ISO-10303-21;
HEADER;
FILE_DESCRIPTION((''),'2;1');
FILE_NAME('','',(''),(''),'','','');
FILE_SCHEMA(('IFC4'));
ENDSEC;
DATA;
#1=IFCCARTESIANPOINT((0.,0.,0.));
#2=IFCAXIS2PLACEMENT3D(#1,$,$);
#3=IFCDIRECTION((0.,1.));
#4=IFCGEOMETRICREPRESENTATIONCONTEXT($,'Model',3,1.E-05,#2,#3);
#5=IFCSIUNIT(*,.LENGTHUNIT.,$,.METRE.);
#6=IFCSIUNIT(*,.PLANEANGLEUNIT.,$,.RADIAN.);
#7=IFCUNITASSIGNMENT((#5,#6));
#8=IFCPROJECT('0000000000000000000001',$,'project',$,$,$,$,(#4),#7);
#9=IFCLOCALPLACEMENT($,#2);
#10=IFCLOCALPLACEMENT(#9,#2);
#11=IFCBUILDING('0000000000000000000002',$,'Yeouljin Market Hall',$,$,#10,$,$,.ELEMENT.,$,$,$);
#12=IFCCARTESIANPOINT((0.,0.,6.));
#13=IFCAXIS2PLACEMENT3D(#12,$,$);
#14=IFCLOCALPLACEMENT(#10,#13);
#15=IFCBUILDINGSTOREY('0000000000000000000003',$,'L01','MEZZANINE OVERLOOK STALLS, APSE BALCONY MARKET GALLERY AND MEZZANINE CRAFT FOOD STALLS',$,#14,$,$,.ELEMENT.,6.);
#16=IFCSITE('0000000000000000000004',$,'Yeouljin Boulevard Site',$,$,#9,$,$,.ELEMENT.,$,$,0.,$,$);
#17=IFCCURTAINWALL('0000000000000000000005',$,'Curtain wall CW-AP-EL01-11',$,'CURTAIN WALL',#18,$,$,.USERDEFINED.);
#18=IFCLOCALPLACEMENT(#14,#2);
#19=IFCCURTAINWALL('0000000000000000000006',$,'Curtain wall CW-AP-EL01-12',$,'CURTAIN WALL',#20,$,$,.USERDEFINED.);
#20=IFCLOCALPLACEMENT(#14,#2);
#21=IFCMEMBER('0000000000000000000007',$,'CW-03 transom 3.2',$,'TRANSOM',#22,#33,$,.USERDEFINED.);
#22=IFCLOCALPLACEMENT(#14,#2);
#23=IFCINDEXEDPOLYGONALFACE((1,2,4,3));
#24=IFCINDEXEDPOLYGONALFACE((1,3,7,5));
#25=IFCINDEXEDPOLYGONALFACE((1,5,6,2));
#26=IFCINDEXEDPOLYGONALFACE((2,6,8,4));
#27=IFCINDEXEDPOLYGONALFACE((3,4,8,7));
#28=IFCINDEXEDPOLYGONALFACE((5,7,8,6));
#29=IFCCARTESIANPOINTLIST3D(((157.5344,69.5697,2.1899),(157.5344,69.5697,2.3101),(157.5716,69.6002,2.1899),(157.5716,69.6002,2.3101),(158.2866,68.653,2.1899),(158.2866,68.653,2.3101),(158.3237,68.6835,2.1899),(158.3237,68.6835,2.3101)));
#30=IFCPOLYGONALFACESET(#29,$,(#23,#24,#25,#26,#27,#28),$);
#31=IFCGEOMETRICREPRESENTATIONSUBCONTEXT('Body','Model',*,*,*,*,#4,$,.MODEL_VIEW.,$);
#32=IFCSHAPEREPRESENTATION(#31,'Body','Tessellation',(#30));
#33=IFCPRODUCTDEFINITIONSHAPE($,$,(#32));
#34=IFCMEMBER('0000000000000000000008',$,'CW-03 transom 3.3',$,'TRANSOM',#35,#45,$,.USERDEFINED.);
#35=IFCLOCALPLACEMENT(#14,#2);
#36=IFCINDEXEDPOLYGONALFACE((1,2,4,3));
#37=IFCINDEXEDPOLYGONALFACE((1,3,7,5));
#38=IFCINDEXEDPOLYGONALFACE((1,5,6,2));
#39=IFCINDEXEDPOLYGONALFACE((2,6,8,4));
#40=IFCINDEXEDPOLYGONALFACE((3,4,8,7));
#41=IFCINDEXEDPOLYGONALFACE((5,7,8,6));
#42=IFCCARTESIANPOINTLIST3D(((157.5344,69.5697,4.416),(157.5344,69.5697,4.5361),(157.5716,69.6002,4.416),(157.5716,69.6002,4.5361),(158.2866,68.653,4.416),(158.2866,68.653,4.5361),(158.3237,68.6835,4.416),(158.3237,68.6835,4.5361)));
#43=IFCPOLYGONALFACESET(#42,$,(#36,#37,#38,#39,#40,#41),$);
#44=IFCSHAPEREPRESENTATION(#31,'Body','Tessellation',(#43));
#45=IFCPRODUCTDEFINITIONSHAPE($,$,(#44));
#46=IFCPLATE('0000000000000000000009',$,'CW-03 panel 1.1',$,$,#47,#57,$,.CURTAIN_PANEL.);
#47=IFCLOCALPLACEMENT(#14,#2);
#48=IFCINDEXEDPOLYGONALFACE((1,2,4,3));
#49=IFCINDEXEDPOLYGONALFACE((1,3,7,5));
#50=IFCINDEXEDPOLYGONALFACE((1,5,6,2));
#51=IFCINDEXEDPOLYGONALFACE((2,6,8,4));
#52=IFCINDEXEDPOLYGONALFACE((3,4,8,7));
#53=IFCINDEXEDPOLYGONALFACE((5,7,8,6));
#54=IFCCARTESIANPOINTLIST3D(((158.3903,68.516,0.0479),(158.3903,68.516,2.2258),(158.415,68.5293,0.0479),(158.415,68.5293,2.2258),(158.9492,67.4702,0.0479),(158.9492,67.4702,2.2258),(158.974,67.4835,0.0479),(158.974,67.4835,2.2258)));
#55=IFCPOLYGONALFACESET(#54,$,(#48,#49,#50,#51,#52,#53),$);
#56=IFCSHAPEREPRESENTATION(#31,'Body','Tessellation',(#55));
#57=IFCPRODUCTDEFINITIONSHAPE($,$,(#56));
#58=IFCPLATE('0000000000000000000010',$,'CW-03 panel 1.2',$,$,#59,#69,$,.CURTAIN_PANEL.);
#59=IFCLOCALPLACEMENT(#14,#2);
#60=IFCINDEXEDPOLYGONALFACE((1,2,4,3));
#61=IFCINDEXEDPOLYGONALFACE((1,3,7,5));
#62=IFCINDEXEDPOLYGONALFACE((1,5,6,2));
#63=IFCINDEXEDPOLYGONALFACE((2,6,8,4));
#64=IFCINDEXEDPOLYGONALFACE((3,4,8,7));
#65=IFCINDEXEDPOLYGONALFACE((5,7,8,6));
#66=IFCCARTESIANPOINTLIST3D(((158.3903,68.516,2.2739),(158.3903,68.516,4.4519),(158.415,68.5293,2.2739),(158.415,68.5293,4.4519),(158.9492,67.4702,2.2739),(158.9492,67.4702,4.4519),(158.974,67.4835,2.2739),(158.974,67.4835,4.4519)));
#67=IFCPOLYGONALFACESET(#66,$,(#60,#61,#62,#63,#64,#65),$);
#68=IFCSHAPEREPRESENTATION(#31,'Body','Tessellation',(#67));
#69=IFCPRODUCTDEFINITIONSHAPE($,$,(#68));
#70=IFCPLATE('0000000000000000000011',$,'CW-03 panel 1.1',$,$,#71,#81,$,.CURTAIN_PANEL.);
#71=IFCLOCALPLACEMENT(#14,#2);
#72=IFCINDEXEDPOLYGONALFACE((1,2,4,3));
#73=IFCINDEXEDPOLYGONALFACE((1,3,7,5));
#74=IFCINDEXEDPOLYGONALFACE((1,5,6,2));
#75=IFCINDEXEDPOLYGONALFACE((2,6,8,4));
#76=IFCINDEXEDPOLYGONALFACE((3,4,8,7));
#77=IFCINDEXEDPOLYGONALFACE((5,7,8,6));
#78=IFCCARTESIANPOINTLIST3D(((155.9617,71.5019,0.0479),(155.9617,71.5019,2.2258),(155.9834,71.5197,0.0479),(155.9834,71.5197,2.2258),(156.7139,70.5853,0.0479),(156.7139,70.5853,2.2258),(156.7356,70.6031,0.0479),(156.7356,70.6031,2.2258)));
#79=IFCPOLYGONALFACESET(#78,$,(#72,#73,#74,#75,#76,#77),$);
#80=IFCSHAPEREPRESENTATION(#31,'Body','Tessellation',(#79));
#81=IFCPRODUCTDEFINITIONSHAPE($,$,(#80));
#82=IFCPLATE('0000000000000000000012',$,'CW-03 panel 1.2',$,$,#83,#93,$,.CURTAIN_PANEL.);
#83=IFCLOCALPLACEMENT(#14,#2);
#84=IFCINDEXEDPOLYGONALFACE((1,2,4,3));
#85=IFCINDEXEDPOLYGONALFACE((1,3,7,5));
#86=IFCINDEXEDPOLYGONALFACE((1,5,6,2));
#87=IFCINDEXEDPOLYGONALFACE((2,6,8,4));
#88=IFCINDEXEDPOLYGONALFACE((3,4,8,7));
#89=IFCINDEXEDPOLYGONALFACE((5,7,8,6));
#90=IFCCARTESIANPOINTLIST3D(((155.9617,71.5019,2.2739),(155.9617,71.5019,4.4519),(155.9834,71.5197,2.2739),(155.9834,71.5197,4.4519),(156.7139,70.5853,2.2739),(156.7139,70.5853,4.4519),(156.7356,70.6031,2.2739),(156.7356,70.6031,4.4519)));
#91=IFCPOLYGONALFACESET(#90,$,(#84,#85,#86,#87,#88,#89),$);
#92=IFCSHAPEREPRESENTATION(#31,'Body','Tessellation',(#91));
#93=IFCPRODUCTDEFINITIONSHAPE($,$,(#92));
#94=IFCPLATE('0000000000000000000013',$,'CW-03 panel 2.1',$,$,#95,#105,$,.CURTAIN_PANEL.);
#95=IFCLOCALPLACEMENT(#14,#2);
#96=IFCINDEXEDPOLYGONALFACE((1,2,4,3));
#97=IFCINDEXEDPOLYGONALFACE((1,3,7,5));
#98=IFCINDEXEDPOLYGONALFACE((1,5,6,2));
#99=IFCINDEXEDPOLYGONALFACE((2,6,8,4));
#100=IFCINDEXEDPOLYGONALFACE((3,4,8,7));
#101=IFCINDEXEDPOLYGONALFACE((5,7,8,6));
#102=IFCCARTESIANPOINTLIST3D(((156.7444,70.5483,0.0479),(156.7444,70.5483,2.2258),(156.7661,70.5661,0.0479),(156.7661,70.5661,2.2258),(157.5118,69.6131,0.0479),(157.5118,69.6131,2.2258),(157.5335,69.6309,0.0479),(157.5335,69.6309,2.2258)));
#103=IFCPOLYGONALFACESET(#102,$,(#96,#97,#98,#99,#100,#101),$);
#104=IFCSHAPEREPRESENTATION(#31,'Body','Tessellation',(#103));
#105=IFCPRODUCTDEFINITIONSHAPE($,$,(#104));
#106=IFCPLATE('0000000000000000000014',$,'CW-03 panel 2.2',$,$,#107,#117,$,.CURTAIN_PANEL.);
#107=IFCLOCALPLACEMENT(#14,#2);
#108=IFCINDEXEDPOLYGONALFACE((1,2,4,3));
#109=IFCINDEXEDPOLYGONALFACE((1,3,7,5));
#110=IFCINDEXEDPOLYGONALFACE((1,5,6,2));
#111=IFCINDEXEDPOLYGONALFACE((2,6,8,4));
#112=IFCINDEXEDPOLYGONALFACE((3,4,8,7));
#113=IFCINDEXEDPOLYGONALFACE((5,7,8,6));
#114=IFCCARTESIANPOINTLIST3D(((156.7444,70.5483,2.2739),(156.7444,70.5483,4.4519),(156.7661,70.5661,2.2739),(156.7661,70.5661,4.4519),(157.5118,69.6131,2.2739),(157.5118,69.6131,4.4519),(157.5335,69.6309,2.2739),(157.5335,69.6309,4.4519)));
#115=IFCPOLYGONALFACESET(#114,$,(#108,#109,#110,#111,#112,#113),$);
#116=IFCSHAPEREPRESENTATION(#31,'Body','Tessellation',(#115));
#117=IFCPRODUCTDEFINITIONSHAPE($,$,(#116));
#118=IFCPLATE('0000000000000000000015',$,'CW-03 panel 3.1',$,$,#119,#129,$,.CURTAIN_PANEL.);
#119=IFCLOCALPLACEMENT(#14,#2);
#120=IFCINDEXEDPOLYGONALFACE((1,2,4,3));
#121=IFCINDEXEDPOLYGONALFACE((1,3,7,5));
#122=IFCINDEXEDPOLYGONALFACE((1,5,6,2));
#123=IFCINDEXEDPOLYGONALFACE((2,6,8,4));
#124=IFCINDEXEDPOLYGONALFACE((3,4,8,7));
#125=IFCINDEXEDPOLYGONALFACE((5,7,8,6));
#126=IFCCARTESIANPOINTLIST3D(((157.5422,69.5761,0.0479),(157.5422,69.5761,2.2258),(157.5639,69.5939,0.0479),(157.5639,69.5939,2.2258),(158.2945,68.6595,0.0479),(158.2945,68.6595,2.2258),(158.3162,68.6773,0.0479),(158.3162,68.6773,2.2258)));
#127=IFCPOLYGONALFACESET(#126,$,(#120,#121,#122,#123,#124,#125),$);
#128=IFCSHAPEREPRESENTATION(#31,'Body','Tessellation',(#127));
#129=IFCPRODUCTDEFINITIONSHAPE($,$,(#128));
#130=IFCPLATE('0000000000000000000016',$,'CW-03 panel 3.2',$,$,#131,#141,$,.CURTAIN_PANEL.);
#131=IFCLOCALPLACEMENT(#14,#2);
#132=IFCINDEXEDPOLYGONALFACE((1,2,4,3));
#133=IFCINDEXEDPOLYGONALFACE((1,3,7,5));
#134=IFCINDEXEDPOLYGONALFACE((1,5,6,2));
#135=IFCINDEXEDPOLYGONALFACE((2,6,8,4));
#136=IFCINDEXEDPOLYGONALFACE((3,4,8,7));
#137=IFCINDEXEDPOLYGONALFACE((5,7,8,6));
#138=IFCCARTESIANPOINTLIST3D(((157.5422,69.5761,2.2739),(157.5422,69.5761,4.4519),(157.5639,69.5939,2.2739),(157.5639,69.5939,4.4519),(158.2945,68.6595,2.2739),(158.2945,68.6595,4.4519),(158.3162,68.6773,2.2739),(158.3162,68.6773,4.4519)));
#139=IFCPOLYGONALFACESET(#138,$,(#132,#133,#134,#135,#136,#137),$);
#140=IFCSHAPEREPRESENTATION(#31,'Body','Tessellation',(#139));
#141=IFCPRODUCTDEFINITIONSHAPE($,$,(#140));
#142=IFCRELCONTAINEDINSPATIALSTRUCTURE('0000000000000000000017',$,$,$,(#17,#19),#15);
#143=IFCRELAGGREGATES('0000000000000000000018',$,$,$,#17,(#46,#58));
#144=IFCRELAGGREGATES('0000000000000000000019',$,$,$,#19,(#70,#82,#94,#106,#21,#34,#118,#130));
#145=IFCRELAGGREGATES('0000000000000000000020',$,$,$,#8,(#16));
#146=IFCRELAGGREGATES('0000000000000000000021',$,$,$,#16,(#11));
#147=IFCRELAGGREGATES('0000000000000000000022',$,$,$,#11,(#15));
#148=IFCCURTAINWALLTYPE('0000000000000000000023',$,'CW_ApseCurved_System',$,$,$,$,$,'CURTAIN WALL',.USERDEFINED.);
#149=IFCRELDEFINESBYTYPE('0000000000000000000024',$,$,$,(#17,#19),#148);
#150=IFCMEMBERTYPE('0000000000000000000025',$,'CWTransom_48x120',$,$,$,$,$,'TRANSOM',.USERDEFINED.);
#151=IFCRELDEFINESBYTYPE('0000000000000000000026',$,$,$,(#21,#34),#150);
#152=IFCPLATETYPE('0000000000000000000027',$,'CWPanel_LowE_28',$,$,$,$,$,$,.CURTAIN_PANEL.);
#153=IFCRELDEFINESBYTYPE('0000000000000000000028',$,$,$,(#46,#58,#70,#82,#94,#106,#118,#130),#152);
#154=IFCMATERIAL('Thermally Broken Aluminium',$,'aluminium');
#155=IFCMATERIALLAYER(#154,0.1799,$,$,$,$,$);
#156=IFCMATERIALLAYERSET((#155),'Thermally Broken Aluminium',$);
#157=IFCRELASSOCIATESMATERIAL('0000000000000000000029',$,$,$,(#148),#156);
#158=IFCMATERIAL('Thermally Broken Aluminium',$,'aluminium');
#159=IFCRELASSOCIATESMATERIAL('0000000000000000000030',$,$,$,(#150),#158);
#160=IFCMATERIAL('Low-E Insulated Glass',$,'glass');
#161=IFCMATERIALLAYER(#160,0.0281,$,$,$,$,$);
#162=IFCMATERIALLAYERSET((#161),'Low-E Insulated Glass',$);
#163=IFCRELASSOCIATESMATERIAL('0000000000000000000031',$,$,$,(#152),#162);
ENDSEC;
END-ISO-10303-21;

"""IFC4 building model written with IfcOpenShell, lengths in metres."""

from ifc_helpers import new_model, si_unit, direction, frame, origin, origin_2d, place, context, subcontext, project, spatial, rectangle, extrude, material, layer, layer_set, material_profile, profile_set, type_object, element, aggregate, save


model = new_model("IFC4")

# Units and contexts
model_context = context("Model", 3, precision=1e-05, world=origin(), true_north=direction((0.0, 1.0)))
body_context = subcontext(model_context, "Body", "Model", "MODEL_VIEW")
ifc_project = project(units=[si_unit("LENGTHUNIT", "METRE"), si_unit("PLANEANGLEUNIT", "RADIAN")], contexts=[model_context])

# Site, building, storey
site_placement = place(None, origin())
site = spatial("IfcSite", under=ifc_project, at=site_placement, Name="Yeouljin Boulevard Site", CompositionType="ELEMENT", RefElevation=0.0)
building_placement = place(site_placement, origin())
building = spatial("IfcBuilding", under=site, at=building_placement, Name="Yeouljin Market Hall", CompositionType="ELEMENT")
storey_placement = place(building_placement, frame((0.0, 0.0, 6.0)))
storey = spatial("IfcBuildingStorey", under=building, at=storey_placement, Name="L01", Description="MEZZANINE OVERLOOK STALLS, APSE BALCONY MARKET GALLERY AND MEZZANINE CRAFT FOOD STALLS", CompositionType="ELEMENT", Elevation=6.0)

# Curtain walls
ifc_material_1 = material(Name="Thermally Broken Aluminium", Category="aluminium")
ifc_layer_1 = layer(ifc_material_1, 0.1799)
ifc_layer_set_1 = layer_set([ifc_layer_1], Name="Thermally Broken Aluminium")
curtain_wall_type = type_object("IfcCurtainWallType", Name="CW_ApseCurved_System", ElementType="CURTAIN WALL", PredefinedType="USERDEFINED", material=ifc_layer_set_1)
curtain_wall_1_placement = place(storey_placement, origin())
curtain_wall_1 = element("IfcCurtainWall", 1, at=curtain_wall_1_placement, inside=storey, type_object=curtain_wall_type, Name="Curtain wall CW-AP-EL01-11", ObjectType="CURTAIN WALL", PredefinedType="USERDEFINED")
curtain_wall_2_placement = place(storey_placement, origin())
curtain_wall_2 = element("IfcCurtainWall", 2, at=curtain_wall_2_placement, inside=storey, type_object=curtain_wall_type, Name="Curtain wall CW-AP-EL01-12", ObjectType="CURTAIN WALL", PredefinedType="USERDEFINED")

# Members
ifc_material_2 = material(Name="Thermally Broken Aluminium", Category="aluminium")
ifc_material_profile_1 = material_profile(ifc_material_2, rectangle(XDim=0.0481, YDim=0.1201, at=origin_2d()), Name="CW-TRAN-48x120")
ifc_profile_set_1 = profile_set([ifc_material_profile_1], Name="Thermally Broken Aluminium")
member_type_1 = type_object("IfcMemberType", Name="CWTransom_48x120", ElementType="TRANSOM", PredefinedType="USERDEFINED", material=ifc_profile_set_1)
member_1_placement = place(storey_placement, frame((157.553, 69.585, 2.25), z_axis=(0.634313, -0.773076, 0.0), x_axis=(0.773076, 0.634313, 0.0)))
member_1 = element("IfcMember", 3, at=member_1_placement, type_object=member_type_1, Name="CW-03 transom 3.2", ObjectType="TRANSOM", PredefinedType="USERDEFINED", context=body_context, shape_type="SweptSolid", body=[
    extrude(rectangle(XDim=0.0481, YDim=0.1201, at=origin_2d()), origin(), (0.0, 0.0, 1.0), 1.1858),
])
member_2_placement = place(storey_placement, frame((157.553, 69.585, 4.4761), z_axis=(0.634313, -0.773076, 0.0), x_axis=(0.773076, 0.634313, 0.0)))
member_2 = element("IfcMember", 4, at=member_2_placement, type_object=member_type_1, Name="CW-03 transom 3.3", ObjectType="TRANSOM", PredefinedType="USERDEFINED", context=body_context, shape_type="SweptSolid", body=[
    extrude(rectangle(XDim=0.0481, YDim=0.1201, at=origin_2d()), origin(), (0.0, 0.0, 1.0), 1.1858),
])

# Plates
ifc_material_3 = material(Name="Low-E Insulated Glass", Category="glass")
ifc_layer_2 = layer(ifc_material_3, 0.0281)
ifc_layer_set_2 = layer_set([ifc_layer_2], Name="Low-E Insulated Glass")
plate_type = type_object("IfcPlateType", Name="CWPanel_LowE_28", PredefinedType="CURTAIN_PANEL", material=ifc_layer_set_2)
plate_1_placement = place(storey_placement, frame((158.6821, 67.9998, 0.0479), z_axis=(0.0, 0.0, 1.0), x_axis=(0.471378, -0.881931, 0.0)))
plate_1 = element("IfcPlate", 5, at=plate_1_placement, type_object=plate_type, Name="CW-03 panel 1.1", PredefinedType="CURTAIN_PANEL", context=body_context, shape_type="SweptSolid", body=[
    extrude(rectangle(XDim=1.1858, YDim=0.0281, at=origin_2d()), origin(), (0.0, 0.0, 1.0), 2.178),
])
plate_2_placement = place(storey_placement, frame((158.6821, 67.9998, 2.2739), z_axis=(0.0, 0.0, 1.0), x_axis=(0.471378, -0.881931, 0.0)))
plate_2 = element("IfcPlate", 6, at=plate_2_placement, type_object=plate_type, Name="CW-03 panel 1.2", PredefinedType="CURTAIN_PANEL", context=body_context, shape_type="SweptSolid", body=[
    extrude(rectangle(XDim=1.1858, YDim=0.0281, at=origin_2d()), origin(), (0.0, 0.0, 1.0), 2.178),
])
aggregate(curtain_wall_1, [plate_1, plate_2])
plate_3_placement = place(storey_placement, frame((156.3486, 71.0525, 0.0479), z_axis=(0.0, 0.0, 1.0), x_axis=(0.634384, -0.773018, 0.0)))
plate_3 = element("IfcPlate", 7, at=plate_3_placement, type_object=plate_type, Name="CW-03 panel 1.1", PredefinedType="CURTAIN_PANEL", context=body_context, shape_type="SweptSolid", body=[
    extrude(rectangle(XDim=1.1858, YDim=0.0281, at=origin_2d()), origin(), (0.0, 0.0, 1.0), 2.178),
])
plate_4_placement = place(storey_placement, frame((156.3486, 71.0525, 2.2739), z_axis=(0.0, 0.0, 1.0), x_axis=(0.634384, -0.773018, 0.0)))
plate_4 = element("IfcPlate", 8, at=plate_4_placement, type_object=plate_type, Name="CW-03 panel 1.2", PredefinedType="CURTAIN_PANEL", context=body_context, shape_type="SweptSolid", body=[
    extrude(rectangle(XDim=1.1858, YDim=0.0281, at=origin_2d()), origin(), (0.0, 0.0, 1.0), 2.178),
])
plate_5_placement = place(storey_placement, frame((157.1389, 70.0896, 0.0479), z_axis=(0.0, 0.0, 1.0), x_axis=(0.634384, -0.773018, 0.0)))
plate_5 = element("IfcPlate", 9, at=plate_5_placement, type_object=plate_type, Name="CW-03 panel 2.1", PredefinedType="CURTAIN_PANEL", context=body_context, shape_type="SweptSolid", body=[
    extrude(rectangle(XDim=1.2097, YDim=0.0281, at=origin_2d()), origin(), (0.0, 0.0, 1.0), 2.178),
])
plate_6_placement = place(storey_placement, frame((157.1389, 70.0896, 2.2739), z_axis=(0.0, 0.0, 1.0), x_axis=(0.634384, -0.773018, 0.0)))
plate_6 = element("IfcPlate", 10, at=plate_6_placement, type_object=plate_type, Name="CW-03 panel 2.2", PredefinedType="CURTAIN_PANEL", context=body_context, shape_type="SweptSolid", body=[
    extrude(rectangle(XDim=1.2097, YDim=0.0281, at=origin_2d()), origin(), (0.0, 0.0, 1.0), 2.178),
])
plate_7_placement = place(storey_placement, frame((157.9292, 69.1267, 0.0479), z_axis=(0.0, 0.0, 1.0), x_axis=(0.634384, -0.773018, 0.0)))
plate_7 = element("IfcPlate", 11, at=plate_7_placement, type_object=plate_type, Name="CW-03 panel 3.1", PredefinedType="CURTAIN_PANEL", context=body_context, shape_type="SweptSolid", body=[
    extrude(rectangle(XDim=1.1858, YDim=0.0281, at=origin_2d()), origin(), (0.0, 0.0, 1.0), 2.178),
])
plate_8_placement = place(storey_placement, frame((157.9292, 69.1267, 2.2739), z_axis=(0.0, 0.0, 1.0), x_axis=(0.634384, -0.773018, 0.0)))
plate_8 = element("IfcPlate", 12, at=plate_8_placement, type_object=plate_type, Name="CW-03 panel 3.2", PredefinedType="CURTAIN_PANEL", context=body_context, shape_type="SweptSolid", body=[
    extrude(rectangle(XDim=1.1858, YDim=0.0281, at=origin_2d()), origin(), (0.0, 0.0, 1.0), 2.178),
])
aggregate(curtain_wall_2, [plate_3, plate_4, plate_5, plate_6, member_1, member_2, plate_7, plate_8])

save(model, "model.ifc")
